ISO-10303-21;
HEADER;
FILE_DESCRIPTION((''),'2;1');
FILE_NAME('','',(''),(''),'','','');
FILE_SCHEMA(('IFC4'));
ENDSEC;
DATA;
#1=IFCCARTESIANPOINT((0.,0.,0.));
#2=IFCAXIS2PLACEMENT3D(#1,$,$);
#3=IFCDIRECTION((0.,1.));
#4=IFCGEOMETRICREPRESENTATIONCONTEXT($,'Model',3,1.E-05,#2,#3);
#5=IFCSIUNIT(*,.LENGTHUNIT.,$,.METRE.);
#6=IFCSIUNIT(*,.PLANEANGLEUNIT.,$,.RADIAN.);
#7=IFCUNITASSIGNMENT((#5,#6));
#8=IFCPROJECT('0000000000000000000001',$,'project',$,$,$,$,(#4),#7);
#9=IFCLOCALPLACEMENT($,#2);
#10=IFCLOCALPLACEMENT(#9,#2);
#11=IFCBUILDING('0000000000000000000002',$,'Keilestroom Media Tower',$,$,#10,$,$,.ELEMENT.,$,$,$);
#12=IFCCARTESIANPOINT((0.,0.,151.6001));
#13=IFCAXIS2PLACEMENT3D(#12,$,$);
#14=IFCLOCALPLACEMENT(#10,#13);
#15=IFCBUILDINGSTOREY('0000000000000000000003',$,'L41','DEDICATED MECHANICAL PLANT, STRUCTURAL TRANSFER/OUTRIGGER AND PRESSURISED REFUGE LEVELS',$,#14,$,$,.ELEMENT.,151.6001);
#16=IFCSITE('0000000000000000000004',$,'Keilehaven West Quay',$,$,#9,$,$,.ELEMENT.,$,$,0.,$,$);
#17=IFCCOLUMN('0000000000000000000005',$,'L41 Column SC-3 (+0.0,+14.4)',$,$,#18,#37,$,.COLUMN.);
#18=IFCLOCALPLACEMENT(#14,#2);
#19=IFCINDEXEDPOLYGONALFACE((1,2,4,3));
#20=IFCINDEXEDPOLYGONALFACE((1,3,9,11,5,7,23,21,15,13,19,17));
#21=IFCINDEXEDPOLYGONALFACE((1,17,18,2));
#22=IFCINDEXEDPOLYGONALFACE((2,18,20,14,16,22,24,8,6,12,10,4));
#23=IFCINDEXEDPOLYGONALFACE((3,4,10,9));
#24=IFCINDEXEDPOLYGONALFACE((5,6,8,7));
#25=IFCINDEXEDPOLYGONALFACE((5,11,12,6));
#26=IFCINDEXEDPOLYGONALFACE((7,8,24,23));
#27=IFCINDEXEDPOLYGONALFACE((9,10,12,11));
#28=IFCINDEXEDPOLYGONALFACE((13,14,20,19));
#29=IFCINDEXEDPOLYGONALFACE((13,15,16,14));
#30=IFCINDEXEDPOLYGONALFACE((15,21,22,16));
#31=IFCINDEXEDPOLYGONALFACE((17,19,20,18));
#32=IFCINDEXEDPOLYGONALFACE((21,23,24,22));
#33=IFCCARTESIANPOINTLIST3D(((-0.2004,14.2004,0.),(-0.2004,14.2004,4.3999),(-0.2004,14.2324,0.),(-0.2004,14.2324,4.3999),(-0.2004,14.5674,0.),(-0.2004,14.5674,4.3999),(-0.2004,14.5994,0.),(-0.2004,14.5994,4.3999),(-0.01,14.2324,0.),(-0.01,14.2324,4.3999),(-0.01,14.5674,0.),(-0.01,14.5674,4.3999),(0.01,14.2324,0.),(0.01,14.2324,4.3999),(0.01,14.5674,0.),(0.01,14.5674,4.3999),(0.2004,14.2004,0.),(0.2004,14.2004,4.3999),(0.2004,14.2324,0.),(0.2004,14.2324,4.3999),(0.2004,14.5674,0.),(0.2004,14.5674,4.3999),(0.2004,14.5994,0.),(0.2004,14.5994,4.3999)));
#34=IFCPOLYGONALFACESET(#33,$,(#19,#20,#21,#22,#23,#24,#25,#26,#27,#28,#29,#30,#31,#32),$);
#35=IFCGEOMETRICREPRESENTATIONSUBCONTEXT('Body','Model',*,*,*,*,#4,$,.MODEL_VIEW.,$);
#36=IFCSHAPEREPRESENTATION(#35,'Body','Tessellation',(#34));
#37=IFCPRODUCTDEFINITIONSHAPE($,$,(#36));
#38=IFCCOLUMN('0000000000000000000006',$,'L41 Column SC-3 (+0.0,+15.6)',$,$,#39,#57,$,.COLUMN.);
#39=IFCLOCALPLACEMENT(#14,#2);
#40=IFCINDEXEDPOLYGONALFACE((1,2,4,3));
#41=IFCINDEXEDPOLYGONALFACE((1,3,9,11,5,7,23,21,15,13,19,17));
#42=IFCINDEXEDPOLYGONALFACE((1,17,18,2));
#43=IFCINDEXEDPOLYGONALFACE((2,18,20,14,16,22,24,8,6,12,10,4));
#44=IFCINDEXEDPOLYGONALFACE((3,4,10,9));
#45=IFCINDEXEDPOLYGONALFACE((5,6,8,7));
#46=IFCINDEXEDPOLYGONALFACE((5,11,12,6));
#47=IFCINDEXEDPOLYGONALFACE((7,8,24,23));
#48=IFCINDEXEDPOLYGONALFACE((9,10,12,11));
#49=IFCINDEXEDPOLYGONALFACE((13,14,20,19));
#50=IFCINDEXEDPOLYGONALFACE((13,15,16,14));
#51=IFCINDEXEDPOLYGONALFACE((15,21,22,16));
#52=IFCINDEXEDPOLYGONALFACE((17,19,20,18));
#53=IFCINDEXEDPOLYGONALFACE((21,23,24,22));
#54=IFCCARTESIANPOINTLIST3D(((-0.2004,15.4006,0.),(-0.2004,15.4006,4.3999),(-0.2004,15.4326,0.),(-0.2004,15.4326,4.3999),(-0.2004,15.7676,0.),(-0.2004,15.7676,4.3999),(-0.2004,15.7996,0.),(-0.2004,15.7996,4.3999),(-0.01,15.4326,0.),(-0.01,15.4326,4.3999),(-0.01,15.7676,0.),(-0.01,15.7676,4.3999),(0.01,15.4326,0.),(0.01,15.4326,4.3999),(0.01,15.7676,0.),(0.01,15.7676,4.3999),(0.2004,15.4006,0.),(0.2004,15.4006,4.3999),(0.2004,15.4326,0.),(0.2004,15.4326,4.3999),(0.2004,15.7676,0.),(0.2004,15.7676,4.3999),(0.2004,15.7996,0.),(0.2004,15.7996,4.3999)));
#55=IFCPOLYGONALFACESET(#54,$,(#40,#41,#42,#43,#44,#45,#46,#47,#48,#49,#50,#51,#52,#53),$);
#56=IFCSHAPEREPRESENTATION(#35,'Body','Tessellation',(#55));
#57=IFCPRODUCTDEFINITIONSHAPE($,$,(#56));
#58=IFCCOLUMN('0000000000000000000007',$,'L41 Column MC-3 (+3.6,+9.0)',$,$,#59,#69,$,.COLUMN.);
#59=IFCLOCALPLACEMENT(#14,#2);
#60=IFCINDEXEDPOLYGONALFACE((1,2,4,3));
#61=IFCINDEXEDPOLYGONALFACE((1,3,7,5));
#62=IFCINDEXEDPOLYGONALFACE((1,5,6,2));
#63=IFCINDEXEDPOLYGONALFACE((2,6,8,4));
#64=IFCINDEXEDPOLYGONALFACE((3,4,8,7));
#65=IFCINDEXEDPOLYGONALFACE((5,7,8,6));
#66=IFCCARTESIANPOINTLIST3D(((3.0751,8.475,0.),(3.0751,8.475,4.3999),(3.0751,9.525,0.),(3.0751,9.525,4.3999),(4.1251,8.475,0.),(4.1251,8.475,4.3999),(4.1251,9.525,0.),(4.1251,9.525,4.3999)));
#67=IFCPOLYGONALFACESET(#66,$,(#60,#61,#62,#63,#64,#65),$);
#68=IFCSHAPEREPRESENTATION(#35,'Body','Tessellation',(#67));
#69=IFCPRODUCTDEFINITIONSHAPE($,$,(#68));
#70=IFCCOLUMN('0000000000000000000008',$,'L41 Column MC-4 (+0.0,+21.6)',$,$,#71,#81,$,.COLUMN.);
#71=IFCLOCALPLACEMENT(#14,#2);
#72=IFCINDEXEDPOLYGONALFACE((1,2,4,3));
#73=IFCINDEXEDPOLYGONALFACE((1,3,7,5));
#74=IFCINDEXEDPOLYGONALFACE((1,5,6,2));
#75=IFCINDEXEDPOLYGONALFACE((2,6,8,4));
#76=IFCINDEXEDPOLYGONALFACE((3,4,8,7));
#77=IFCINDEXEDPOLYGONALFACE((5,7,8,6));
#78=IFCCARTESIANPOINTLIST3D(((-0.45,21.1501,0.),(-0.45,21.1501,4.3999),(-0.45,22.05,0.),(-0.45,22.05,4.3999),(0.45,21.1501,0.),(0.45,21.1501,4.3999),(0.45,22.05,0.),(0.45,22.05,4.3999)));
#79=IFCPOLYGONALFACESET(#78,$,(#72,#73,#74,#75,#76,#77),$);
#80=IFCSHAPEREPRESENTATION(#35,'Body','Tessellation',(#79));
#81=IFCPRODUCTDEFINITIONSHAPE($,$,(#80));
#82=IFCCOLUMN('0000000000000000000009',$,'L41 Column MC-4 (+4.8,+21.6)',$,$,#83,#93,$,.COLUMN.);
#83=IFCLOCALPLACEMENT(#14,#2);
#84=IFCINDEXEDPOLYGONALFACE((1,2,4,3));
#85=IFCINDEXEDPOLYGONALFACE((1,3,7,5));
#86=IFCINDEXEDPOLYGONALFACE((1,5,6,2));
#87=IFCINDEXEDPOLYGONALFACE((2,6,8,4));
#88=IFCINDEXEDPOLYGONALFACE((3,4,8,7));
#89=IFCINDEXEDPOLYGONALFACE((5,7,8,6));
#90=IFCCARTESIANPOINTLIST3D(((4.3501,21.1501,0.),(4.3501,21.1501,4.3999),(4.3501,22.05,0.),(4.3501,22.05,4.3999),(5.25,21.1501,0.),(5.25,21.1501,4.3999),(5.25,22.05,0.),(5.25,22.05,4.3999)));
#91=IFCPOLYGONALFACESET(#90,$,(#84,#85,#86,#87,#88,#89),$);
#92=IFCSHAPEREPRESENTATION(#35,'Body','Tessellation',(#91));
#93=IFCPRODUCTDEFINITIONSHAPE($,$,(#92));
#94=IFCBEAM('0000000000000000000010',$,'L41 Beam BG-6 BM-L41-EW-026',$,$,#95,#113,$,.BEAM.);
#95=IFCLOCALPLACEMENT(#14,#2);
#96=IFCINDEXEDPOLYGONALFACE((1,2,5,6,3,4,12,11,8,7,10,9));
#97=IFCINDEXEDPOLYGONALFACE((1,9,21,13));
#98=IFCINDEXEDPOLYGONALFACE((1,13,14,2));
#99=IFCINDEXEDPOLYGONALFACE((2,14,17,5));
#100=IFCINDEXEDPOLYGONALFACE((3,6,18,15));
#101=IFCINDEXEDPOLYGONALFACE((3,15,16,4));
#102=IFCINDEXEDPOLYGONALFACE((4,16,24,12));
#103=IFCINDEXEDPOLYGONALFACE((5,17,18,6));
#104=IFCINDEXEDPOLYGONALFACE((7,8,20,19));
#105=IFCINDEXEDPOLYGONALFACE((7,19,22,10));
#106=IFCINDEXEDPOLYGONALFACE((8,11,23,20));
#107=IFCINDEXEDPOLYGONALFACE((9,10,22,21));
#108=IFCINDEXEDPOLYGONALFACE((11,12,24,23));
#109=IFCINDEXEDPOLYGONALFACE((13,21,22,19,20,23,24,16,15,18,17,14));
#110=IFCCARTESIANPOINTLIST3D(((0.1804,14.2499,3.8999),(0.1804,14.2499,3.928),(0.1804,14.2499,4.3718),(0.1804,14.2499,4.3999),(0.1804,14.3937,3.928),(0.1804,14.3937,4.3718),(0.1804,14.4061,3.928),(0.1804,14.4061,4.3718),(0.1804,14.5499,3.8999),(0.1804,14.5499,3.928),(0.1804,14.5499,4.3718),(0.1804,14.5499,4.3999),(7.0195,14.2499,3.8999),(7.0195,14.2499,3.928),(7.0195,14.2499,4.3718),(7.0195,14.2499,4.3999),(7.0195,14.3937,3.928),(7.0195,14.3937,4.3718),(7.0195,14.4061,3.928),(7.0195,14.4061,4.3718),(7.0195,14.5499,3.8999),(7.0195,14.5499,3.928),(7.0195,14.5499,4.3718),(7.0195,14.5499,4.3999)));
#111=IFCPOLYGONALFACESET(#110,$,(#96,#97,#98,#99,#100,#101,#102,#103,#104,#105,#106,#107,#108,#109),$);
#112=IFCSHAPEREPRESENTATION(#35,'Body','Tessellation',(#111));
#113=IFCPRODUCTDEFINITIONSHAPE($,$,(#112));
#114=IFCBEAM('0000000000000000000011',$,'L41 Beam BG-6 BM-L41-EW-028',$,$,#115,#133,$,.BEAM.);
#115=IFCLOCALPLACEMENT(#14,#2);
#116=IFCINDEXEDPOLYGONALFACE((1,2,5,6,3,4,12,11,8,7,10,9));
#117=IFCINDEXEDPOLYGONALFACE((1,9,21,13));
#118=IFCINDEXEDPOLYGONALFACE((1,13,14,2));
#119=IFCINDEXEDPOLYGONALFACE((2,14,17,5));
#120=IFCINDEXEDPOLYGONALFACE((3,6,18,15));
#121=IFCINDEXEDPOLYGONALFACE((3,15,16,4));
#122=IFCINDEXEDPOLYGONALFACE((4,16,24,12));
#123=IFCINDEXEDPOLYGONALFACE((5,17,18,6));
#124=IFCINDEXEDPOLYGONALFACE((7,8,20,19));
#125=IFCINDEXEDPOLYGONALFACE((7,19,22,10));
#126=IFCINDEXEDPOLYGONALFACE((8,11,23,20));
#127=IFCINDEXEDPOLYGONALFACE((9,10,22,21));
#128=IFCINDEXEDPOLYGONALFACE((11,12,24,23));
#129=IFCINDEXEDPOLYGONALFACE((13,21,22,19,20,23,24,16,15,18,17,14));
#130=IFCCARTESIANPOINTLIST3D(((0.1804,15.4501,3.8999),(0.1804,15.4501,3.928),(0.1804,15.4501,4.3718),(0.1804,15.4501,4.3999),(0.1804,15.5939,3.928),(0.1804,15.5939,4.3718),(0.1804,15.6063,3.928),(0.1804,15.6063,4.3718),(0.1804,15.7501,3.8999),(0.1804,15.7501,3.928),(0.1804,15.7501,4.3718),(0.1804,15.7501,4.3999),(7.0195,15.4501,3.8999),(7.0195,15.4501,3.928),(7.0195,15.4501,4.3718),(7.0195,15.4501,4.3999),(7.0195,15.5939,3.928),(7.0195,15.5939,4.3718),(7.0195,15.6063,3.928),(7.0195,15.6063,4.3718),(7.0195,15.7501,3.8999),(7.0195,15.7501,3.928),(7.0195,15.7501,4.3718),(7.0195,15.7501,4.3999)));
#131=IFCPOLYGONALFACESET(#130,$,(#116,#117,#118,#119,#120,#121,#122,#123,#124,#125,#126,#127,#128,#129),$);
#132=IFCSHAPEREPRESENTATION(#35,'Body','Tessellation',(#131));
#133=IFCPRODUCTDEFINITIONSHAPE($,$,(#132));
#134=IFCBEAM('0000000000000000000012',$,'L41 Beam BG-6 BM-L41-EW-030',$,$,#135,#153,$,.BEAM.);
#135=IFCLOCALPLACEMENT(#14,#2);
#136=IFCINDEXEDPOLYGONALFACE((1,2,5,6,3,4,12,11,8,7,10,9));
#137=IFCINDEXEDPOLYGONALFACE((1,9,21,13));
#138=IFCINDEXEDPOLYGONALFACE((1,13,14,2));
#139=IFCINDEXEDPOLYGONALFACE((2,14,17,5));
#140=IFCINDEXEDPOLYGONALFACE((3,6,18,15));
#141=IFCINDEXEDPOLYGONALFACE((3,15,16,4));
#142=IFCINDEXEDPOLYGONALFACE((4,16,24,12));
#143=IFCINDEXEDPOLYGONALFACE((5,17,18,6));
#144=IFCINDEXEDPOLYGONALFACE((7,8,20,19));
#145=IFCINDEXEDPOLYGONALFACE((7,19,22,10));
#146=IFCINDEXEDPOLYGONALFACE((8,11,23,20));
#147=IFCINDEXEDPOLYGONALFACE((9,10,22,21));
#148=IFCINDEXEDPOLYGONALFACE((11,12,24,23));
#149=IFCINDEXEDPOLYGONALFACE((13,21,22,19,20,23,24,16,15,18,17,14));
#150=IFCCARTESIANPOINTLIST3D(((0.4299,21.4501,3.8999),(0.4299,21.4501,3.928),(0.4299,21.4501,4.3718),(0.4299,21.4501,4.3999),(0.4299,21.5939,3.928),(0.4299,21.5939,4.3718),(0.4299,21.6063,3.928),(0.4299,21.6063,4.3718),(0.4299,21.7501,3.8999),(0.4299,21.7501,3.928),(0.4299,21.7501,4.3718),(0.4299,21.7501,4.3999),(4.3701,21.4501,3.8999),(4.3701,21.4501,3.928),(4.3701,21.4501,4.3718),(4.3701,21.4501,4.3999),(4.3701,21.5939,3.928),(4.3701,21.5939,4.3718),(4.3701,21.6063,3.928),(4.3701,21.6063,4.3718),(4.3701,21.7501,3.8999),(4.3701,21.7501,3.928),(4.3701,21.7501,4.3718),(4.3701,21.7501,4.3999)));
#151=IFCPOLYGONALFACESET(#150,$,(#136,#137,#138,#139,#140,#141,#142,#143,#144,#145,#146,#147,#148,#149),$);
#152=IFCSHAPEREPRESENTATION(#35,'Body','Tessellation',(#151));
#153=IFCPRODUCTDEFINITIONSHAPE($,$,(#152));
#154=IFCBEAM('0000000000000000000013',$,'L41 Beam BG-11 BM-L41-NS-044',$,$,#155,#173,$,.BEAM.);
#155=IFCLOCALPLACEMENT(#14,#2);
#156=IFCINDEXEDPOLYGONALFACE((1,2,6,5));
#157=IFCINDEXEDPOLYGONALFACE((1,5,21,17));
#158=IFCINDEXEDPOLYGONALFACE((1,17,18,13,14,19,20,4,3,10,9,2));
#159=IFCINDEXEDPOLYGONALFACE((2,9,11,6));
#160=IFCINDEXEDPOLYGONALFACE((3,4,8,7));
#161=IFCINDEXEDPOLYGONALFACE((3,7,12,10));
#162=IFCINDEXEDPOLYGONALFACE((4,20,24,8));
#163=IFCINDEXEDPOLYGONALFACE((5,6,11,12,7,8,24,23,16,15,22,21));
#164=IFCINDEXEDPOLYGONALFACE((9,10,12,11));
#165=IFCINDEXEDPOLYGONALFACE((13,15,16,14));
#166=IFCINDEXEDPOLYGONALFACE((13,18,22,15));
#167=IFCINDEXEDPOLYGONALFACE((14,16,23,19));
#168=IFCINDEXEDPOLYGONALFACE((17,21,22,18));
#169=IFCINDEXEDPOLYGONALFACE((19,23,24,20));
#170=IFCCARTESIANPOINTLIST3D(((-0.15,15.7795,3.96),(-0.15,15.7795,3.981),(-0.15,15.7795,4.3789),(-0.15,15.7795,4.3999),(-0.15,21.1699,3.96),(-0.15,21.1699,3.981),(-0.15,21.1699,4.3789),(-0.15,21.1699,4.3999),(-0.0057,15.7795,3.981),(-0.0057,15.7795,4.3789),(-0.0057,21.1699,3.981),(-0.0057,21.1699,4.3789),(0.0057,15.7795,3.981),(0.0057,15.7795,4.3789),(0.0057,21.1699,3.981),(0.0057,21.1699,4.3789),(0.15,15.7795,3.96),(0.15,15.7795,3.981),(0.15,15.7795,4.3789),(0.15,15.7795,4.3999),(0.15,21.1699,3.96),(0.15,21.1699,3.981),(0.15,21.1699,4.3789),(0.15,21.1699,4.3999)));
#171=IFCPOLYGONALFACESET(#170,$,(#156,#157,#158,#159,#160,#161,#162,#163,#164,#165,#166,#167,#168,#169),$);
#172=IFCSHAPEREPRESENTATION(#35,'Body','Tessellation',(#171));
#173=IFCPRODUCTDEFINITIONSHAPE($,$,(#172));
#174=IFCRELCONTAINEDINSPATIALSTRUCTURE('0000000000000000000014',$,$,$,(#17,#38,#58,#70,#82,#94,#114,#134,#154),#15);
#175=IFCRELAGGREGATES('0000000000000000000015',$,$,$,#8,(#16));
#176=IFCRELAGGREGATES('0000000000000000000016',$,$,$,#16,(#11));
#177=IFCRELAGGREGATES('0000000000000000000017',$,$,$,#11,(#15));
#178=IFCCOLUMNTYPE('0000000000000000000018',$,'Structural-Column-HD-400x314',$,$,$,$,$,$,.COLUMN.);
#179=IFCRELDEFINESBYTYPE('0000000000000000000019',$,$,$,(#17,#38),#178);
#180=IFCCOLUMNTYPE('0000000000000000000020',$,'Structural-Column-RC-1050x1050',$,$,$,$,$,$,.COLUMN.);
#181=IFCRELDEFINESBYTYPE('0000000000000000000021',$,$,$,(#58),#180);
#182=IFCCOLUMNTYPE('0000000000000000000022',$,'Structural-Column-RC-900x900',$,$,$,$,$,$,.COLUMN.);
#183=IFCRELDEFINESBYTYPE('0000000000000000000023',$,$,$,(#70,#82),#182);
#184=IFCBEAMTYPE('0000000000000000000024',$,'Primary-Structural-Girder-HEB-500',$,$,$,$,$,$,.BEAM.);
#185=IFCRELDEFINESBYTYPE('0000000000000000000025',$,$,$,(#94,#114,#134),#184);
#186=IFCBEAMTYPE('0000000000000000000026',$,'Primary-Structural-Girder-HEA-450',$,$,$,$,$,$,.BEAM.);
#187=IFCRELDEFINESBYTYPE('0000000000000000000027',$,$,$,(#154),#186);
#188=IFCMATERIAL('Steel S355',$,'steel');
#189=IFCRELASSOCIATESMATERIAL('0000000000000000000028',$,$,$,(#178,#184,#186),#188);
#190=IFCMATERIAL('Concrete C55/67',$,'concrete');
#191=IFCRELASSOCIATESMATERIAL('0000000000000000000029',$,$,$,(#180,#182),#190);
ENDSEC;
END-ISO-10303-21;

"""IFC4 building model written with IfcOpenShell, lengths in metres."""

from ifc_helpers import new_model, si_unit, direction, frame, origin, origin_2d, place, context, subcontext, project, spatial, rectangle, i_section, extrude, source, transform, mapped, material, material_profile, profile_set, type_object, element, save


model = new_model("IFC4")

# Units and contexts
model_context = context("Model", 3, precision=1e-05, world=origin(), true_north=direction((0.0, 1.0)))
body_context = subcontext(model_context, "Body", "Model", "MODEL_VIEW")
ifc_project = project(units=[si_unit("LENGTHUNIT", "METRE"), si_unit("PLANEANGLEUNIT", "RADIAN")], contexts=[model_context])

# Site, building, storey
site_placement = place(None, origin())
site = spatial("IfcSite", under=ifc_project, at=site_placement, Name="Keilehaven West Quay", CompositionType="ELEMENT", RefElevation=0.0)
building_placement = place(site_placement, origin())
building = spatial("IfcBuilding", under=site, at=building_placement, Name="Keilestroom Media Tower", CompositionType="ELEMENT")
storey_placement = place(building_placement, frame((0.0, 0.0, 151.6001)))
storey = spatial("IfcBuildingStorey", under=building, at=storey_placement, Name="L41", Description="DEDICATED MECHANICAL PLANT, STRUCTURAL TRANSFER/OUTRIGGER AND PRESSURISED REFUGE LEVELS", CompositionType="ELEMENT", Elevation=151.6001)

# Columns
ifc_material_1 = material(Name="Steel S355", Category="steel")
ifc_material_profile_1 = material_profile(ifc_material_1, i_section(OverallWidth=0.4009, OverallDepth=0.3989, WebThickness=0.02, FlangeThickness=0.032, at=origin_2d()), Name="HD 400x314")
ifc_profile_set_1 = profile_set([ifc_material_profile_1], Name="Steel S355")
column_type_1 = type_object("IfcColumnType", Name="Structural-Column-HD-400x314", PredefinedType="COLUMN", material=ifc_profile_set_1)
shared_shape_1 = source(origin(), body_context, "Body", "SweptSolid", [
    extrude(i_section(OverallWidth=0.4009, OverallDepth=0.3989, WebThickness=0.02, FlangeThickness=0.032, at=origin_2d()), origin(), (0.0, 0.0, 1.0), 4.3999),
])
for number, where, z_axis, x_axis, name in (
    (1, (0.0, 14.3999, 0.0), (0.0, 0.0, 1.0), (1.0, 0.0, 0.0), "L41 Column SC-3 (+0.0,+14.4)"),
    (2, (0.0, 15.6001, 0.0), (0.0, 0.0, 1.0), (1.0, 0.0, 0.0), "L41 Column SC-3 (+0.0,+15.6)"),
):
    element("IfcColumn", number, at=place(storey_placement, frame(where, z_axis=z_axis, x_axis=x_axis)), inside=storey, type_object=column_type_1, Name=name, PredefinedType="COLUMN", context=body_context, shape_type="MappedRepresentation", body=[
        mapped(shared_shape_1, transform((0.0, 0.0, 0.0), x_axis=(1.0, 0.0, 0.0), y_axis=(0.0, 1.0, 0.0), z_axis=(0.0, 0.0, 1.0), scale=1.0)),
    ])
ifc_material_2 = material(Name="Concrete C55/67", Category="concrete")
ifc_material_profile_2 = material_profile(ifc_material_2, rectangle(XDim=1.05, YDim=1.05, at=origin_2d()), Name="RC 1050x1050")
ifc_profile_set_2 = profile_set([ifc_material_profile_2], Name="Concrete C55/67")
column_type_2 = type_object("IfcColumnType", Name="Structural-Column-RC-1050x1050", PredefinedType="COLUMN", material=ifc_profile_set_2)
shared_shape_2 = source(origin(), body_context, "Body", "SweptSolid", [
    extrude(rectangle(XDim=1.05, YDim=1.05, at=origin_2d()), origin(), (0.0, 0.0, 1.0), 4.3999),
])
column_placement = place(storey_placement, frame((3.6001, 9.0, 0.0), z_axis=(0.0, 0.0, 1.0), x_axis=(1.0, 0.0, 0.0)))
element("IfcColumn", 3, at=column_placement, inside=storey, type_object=column_type_2, Name="L41 Column MC-3 (+3.6,+9.0)", PredefinedType="COLUMN", context=body_context, shape_type="MappedRepresentation", body=[
    mapped(shared_shape_2, transform((0.0, 0.0, 0.0), x_axis=(1.0, 0.0, 0.0), y_axis=(0.0, 1.0, 0.0), z_axis=(0.0, 0.0, 1.0), scale=1.0)),
])
ifc_material_profile_3 = material_profile(ifc_material_2, rectangle(XDim=0.8999, YDim=0.8999, at=origin_2d()), Name="RC 900x900")
ifc_profile_set_3 = profile_set([ifc_material_profile_3], Name="Concrete C55/67")
column_type_3 = type_object("IfcColumnType", Name="Structural-Column-RC-900x900", PredefinedType="COLUMN", material=ifc_profile_set_3)
shared_shape_3 = source(origin(), body_context, "Body", "SweptSolid", [
    extrude(rectangle(XDim=0.8999, YDim=0.8999, at=origin_2d()), origin(), (0.0, 0.0, 1.0), 4.3999),
])
for number, where, z_axis, x_axis, name in (
    (4, (0.0, 21.6001, 0.0), (0.0, 0.0, 1.0), (1.0, 0.0, 0.0), "L41 Column MC-4 (+0.0,+21.6)"),
    (5, (4.8, 21.6001, 0.0), (0.0, 0.0, 1.0), (1.0, 0.0, 0.0), "L41 Column MC-4 (+4.8,+21.6)"),
):
    element("IfcColumn", number, at=place(storey_placement, frame(where, z_axis=z_axis, x_axis=x_axis)), inside=storey, type_object=column_type_3, Name=name, PredefinedType="COLUMN", context=body_context, shape_type="MappedRepresentation", body=[
        mapped(shared_shape_3, transform((0.0, 0.0, 0.0), x_axis=(1.0, 0.0, 0.0), y_axis=(0.0, 1.0, 0.0), z_axis=(0.0, 0.0, 1.0), scale=1.0)),
    ])

# Beams
ifc_material_profile_4 = material_profile(ifc_material_1, i_section(OverallWidth=0.3, OverallDepth=0.5, WebThickness=0.0125, FlangeThickness=0.0281, at=origin_2d()), Name="HEB 500")
ifc_profile_set_4 = profile_set([ifc_material_profile_4], Name="Steel S355")
beam_type_1 = type_object("IfcBeamType", Name="Primary-Structural-Girder-HEB-500", PredefinedType="BEAM", material=ifc_profile_set_4)
shared_shape_4 = source(origin(), body_context, "Body", "SweptSolid", [
    extrude(i_section(OverallWidth=0.3, OverallDepth=0.5, WebThickness=0.0125, FlangeThickness=0.0281, at=origin_2d()), origin(), (0.0, 0.0, 1.0), 6.8391),
])
for number, where, z_axis, x_axis, name in (
    (6, (0.1804, 14.3999, 4.1499), (1.0, 0.0, 0.0), (0.0, 1.0, 0.0), "L41 Beam BG-6 BM-L41-EW-026"),
    (7, (0.1804, 15.6001, 4.1499), (1.0, 0.0, 0.0), (0.0, 1.0, 0.0), "L41 Beam BG-6 BM-L41-EW-028"),
):
    element("IfcBeam", number, at=place(storey_placement, frame(where, z_axis=z_axis, x_axis=x_axis)), inside=storey, type_object=beam_type_1, Name=name, PredefinedType="BEAM", context=body_context, shape_type="MappedRepresentation", body=[
        mapped(shared_shape_4, transform((0.0, 0.0, 0.0), x_axis=(1.0, 0.0, 0.0), y_axis=(0.0, 1.0, 0.0), z_axis=(0.0, 0.0, 1.0), scale=1.0)),
    ])
shared_shape_5 = source(origin(), body_context, "Body", "SweptSolid", [
    extrude(i_section(OverallWidth=0.3, OverallDepth=0.5, WebThickness=0.0125, FlangeThickness=0.0281, at=origin_2d()), origin(), (0.0, 0.0, 1.0), 3.9402),
])
beam_1_placement = place(storey_placement, frame((0.4299, 21.6001, 4.1499), z_axis=(1.0, 0.0, 0.0), x_axis=(0.0, 1.0, 0.0)))
element("IfcBeam", 8, at=beam_1_placement, inside=storey, type_object=beam_type_1, Name="L41 Beam BG-6 BM-L41-EW-030", PredefinedType="BEAM", context=body_context, shape_type="MappedRepresentation", body=[
    mapped(shared_shape_5, transform((0.0, 0.0, 0.0), x_axis=(1.0, 0.0, 0.0), y_axis=(0.0, 1.0, 0.0), z_axis=(0.0, 0.0, 1.0), scale=1.0)),
])
ifc_material_profile_5 = material_profile(ifc_material_1, i_section(OverallWidth=0.3, OverallDepth=0.4399, WebThickness=0.0115, FlangeThickness=0.021, at=origin_2d()), Name="HEA 450")
ifc_profile_set_5 = profile_set([ifc_material_profile_5], Name="Steel S355")
beam_type_2 = type_object("IfcBeamType", Name="Primary-Structural-Girder-HEA-450", PredefinedType="BEAM", material=ifc_profile_set_5)
shared_shape_6 = source(origin(), body_context, "Body", "SweptSolid", [
    extrude(i_section(OverallWidth=0.3, OverallDepth=0.4399, WebThickness=0.0115, FlangeThickness=0.021, at=origin_2d()), origin(), (0.0, 0.0, 1.0), 5.3904),
])
beam_2_placement = place(storey_placement, frame((0.0, 15.7795, 4.1799), z_axis=(0.0, 1.0, 0.0), x_axis=(-1.0, 0.0, 0.0)))
element("IfcBeam", 9, at=beam_2_placement, inside=storey, type_object=beam_type_2, Name="L41 Beam BG-11 BM-L41-NS-044", PredefinedType="BEAM", context=body_context, shape_type="MappedRepresentation", body=[
    mapped(shared_shape_6, transform((0.0, 0.0, 0.0), x_axis=(1.0, 0.0, 0.0), y_axis=(0.0, 1.0, 0.0), z_axis=(0.0, 0.0, 1.0), scale=1.0)),
])

save(model, "model.ifc")
